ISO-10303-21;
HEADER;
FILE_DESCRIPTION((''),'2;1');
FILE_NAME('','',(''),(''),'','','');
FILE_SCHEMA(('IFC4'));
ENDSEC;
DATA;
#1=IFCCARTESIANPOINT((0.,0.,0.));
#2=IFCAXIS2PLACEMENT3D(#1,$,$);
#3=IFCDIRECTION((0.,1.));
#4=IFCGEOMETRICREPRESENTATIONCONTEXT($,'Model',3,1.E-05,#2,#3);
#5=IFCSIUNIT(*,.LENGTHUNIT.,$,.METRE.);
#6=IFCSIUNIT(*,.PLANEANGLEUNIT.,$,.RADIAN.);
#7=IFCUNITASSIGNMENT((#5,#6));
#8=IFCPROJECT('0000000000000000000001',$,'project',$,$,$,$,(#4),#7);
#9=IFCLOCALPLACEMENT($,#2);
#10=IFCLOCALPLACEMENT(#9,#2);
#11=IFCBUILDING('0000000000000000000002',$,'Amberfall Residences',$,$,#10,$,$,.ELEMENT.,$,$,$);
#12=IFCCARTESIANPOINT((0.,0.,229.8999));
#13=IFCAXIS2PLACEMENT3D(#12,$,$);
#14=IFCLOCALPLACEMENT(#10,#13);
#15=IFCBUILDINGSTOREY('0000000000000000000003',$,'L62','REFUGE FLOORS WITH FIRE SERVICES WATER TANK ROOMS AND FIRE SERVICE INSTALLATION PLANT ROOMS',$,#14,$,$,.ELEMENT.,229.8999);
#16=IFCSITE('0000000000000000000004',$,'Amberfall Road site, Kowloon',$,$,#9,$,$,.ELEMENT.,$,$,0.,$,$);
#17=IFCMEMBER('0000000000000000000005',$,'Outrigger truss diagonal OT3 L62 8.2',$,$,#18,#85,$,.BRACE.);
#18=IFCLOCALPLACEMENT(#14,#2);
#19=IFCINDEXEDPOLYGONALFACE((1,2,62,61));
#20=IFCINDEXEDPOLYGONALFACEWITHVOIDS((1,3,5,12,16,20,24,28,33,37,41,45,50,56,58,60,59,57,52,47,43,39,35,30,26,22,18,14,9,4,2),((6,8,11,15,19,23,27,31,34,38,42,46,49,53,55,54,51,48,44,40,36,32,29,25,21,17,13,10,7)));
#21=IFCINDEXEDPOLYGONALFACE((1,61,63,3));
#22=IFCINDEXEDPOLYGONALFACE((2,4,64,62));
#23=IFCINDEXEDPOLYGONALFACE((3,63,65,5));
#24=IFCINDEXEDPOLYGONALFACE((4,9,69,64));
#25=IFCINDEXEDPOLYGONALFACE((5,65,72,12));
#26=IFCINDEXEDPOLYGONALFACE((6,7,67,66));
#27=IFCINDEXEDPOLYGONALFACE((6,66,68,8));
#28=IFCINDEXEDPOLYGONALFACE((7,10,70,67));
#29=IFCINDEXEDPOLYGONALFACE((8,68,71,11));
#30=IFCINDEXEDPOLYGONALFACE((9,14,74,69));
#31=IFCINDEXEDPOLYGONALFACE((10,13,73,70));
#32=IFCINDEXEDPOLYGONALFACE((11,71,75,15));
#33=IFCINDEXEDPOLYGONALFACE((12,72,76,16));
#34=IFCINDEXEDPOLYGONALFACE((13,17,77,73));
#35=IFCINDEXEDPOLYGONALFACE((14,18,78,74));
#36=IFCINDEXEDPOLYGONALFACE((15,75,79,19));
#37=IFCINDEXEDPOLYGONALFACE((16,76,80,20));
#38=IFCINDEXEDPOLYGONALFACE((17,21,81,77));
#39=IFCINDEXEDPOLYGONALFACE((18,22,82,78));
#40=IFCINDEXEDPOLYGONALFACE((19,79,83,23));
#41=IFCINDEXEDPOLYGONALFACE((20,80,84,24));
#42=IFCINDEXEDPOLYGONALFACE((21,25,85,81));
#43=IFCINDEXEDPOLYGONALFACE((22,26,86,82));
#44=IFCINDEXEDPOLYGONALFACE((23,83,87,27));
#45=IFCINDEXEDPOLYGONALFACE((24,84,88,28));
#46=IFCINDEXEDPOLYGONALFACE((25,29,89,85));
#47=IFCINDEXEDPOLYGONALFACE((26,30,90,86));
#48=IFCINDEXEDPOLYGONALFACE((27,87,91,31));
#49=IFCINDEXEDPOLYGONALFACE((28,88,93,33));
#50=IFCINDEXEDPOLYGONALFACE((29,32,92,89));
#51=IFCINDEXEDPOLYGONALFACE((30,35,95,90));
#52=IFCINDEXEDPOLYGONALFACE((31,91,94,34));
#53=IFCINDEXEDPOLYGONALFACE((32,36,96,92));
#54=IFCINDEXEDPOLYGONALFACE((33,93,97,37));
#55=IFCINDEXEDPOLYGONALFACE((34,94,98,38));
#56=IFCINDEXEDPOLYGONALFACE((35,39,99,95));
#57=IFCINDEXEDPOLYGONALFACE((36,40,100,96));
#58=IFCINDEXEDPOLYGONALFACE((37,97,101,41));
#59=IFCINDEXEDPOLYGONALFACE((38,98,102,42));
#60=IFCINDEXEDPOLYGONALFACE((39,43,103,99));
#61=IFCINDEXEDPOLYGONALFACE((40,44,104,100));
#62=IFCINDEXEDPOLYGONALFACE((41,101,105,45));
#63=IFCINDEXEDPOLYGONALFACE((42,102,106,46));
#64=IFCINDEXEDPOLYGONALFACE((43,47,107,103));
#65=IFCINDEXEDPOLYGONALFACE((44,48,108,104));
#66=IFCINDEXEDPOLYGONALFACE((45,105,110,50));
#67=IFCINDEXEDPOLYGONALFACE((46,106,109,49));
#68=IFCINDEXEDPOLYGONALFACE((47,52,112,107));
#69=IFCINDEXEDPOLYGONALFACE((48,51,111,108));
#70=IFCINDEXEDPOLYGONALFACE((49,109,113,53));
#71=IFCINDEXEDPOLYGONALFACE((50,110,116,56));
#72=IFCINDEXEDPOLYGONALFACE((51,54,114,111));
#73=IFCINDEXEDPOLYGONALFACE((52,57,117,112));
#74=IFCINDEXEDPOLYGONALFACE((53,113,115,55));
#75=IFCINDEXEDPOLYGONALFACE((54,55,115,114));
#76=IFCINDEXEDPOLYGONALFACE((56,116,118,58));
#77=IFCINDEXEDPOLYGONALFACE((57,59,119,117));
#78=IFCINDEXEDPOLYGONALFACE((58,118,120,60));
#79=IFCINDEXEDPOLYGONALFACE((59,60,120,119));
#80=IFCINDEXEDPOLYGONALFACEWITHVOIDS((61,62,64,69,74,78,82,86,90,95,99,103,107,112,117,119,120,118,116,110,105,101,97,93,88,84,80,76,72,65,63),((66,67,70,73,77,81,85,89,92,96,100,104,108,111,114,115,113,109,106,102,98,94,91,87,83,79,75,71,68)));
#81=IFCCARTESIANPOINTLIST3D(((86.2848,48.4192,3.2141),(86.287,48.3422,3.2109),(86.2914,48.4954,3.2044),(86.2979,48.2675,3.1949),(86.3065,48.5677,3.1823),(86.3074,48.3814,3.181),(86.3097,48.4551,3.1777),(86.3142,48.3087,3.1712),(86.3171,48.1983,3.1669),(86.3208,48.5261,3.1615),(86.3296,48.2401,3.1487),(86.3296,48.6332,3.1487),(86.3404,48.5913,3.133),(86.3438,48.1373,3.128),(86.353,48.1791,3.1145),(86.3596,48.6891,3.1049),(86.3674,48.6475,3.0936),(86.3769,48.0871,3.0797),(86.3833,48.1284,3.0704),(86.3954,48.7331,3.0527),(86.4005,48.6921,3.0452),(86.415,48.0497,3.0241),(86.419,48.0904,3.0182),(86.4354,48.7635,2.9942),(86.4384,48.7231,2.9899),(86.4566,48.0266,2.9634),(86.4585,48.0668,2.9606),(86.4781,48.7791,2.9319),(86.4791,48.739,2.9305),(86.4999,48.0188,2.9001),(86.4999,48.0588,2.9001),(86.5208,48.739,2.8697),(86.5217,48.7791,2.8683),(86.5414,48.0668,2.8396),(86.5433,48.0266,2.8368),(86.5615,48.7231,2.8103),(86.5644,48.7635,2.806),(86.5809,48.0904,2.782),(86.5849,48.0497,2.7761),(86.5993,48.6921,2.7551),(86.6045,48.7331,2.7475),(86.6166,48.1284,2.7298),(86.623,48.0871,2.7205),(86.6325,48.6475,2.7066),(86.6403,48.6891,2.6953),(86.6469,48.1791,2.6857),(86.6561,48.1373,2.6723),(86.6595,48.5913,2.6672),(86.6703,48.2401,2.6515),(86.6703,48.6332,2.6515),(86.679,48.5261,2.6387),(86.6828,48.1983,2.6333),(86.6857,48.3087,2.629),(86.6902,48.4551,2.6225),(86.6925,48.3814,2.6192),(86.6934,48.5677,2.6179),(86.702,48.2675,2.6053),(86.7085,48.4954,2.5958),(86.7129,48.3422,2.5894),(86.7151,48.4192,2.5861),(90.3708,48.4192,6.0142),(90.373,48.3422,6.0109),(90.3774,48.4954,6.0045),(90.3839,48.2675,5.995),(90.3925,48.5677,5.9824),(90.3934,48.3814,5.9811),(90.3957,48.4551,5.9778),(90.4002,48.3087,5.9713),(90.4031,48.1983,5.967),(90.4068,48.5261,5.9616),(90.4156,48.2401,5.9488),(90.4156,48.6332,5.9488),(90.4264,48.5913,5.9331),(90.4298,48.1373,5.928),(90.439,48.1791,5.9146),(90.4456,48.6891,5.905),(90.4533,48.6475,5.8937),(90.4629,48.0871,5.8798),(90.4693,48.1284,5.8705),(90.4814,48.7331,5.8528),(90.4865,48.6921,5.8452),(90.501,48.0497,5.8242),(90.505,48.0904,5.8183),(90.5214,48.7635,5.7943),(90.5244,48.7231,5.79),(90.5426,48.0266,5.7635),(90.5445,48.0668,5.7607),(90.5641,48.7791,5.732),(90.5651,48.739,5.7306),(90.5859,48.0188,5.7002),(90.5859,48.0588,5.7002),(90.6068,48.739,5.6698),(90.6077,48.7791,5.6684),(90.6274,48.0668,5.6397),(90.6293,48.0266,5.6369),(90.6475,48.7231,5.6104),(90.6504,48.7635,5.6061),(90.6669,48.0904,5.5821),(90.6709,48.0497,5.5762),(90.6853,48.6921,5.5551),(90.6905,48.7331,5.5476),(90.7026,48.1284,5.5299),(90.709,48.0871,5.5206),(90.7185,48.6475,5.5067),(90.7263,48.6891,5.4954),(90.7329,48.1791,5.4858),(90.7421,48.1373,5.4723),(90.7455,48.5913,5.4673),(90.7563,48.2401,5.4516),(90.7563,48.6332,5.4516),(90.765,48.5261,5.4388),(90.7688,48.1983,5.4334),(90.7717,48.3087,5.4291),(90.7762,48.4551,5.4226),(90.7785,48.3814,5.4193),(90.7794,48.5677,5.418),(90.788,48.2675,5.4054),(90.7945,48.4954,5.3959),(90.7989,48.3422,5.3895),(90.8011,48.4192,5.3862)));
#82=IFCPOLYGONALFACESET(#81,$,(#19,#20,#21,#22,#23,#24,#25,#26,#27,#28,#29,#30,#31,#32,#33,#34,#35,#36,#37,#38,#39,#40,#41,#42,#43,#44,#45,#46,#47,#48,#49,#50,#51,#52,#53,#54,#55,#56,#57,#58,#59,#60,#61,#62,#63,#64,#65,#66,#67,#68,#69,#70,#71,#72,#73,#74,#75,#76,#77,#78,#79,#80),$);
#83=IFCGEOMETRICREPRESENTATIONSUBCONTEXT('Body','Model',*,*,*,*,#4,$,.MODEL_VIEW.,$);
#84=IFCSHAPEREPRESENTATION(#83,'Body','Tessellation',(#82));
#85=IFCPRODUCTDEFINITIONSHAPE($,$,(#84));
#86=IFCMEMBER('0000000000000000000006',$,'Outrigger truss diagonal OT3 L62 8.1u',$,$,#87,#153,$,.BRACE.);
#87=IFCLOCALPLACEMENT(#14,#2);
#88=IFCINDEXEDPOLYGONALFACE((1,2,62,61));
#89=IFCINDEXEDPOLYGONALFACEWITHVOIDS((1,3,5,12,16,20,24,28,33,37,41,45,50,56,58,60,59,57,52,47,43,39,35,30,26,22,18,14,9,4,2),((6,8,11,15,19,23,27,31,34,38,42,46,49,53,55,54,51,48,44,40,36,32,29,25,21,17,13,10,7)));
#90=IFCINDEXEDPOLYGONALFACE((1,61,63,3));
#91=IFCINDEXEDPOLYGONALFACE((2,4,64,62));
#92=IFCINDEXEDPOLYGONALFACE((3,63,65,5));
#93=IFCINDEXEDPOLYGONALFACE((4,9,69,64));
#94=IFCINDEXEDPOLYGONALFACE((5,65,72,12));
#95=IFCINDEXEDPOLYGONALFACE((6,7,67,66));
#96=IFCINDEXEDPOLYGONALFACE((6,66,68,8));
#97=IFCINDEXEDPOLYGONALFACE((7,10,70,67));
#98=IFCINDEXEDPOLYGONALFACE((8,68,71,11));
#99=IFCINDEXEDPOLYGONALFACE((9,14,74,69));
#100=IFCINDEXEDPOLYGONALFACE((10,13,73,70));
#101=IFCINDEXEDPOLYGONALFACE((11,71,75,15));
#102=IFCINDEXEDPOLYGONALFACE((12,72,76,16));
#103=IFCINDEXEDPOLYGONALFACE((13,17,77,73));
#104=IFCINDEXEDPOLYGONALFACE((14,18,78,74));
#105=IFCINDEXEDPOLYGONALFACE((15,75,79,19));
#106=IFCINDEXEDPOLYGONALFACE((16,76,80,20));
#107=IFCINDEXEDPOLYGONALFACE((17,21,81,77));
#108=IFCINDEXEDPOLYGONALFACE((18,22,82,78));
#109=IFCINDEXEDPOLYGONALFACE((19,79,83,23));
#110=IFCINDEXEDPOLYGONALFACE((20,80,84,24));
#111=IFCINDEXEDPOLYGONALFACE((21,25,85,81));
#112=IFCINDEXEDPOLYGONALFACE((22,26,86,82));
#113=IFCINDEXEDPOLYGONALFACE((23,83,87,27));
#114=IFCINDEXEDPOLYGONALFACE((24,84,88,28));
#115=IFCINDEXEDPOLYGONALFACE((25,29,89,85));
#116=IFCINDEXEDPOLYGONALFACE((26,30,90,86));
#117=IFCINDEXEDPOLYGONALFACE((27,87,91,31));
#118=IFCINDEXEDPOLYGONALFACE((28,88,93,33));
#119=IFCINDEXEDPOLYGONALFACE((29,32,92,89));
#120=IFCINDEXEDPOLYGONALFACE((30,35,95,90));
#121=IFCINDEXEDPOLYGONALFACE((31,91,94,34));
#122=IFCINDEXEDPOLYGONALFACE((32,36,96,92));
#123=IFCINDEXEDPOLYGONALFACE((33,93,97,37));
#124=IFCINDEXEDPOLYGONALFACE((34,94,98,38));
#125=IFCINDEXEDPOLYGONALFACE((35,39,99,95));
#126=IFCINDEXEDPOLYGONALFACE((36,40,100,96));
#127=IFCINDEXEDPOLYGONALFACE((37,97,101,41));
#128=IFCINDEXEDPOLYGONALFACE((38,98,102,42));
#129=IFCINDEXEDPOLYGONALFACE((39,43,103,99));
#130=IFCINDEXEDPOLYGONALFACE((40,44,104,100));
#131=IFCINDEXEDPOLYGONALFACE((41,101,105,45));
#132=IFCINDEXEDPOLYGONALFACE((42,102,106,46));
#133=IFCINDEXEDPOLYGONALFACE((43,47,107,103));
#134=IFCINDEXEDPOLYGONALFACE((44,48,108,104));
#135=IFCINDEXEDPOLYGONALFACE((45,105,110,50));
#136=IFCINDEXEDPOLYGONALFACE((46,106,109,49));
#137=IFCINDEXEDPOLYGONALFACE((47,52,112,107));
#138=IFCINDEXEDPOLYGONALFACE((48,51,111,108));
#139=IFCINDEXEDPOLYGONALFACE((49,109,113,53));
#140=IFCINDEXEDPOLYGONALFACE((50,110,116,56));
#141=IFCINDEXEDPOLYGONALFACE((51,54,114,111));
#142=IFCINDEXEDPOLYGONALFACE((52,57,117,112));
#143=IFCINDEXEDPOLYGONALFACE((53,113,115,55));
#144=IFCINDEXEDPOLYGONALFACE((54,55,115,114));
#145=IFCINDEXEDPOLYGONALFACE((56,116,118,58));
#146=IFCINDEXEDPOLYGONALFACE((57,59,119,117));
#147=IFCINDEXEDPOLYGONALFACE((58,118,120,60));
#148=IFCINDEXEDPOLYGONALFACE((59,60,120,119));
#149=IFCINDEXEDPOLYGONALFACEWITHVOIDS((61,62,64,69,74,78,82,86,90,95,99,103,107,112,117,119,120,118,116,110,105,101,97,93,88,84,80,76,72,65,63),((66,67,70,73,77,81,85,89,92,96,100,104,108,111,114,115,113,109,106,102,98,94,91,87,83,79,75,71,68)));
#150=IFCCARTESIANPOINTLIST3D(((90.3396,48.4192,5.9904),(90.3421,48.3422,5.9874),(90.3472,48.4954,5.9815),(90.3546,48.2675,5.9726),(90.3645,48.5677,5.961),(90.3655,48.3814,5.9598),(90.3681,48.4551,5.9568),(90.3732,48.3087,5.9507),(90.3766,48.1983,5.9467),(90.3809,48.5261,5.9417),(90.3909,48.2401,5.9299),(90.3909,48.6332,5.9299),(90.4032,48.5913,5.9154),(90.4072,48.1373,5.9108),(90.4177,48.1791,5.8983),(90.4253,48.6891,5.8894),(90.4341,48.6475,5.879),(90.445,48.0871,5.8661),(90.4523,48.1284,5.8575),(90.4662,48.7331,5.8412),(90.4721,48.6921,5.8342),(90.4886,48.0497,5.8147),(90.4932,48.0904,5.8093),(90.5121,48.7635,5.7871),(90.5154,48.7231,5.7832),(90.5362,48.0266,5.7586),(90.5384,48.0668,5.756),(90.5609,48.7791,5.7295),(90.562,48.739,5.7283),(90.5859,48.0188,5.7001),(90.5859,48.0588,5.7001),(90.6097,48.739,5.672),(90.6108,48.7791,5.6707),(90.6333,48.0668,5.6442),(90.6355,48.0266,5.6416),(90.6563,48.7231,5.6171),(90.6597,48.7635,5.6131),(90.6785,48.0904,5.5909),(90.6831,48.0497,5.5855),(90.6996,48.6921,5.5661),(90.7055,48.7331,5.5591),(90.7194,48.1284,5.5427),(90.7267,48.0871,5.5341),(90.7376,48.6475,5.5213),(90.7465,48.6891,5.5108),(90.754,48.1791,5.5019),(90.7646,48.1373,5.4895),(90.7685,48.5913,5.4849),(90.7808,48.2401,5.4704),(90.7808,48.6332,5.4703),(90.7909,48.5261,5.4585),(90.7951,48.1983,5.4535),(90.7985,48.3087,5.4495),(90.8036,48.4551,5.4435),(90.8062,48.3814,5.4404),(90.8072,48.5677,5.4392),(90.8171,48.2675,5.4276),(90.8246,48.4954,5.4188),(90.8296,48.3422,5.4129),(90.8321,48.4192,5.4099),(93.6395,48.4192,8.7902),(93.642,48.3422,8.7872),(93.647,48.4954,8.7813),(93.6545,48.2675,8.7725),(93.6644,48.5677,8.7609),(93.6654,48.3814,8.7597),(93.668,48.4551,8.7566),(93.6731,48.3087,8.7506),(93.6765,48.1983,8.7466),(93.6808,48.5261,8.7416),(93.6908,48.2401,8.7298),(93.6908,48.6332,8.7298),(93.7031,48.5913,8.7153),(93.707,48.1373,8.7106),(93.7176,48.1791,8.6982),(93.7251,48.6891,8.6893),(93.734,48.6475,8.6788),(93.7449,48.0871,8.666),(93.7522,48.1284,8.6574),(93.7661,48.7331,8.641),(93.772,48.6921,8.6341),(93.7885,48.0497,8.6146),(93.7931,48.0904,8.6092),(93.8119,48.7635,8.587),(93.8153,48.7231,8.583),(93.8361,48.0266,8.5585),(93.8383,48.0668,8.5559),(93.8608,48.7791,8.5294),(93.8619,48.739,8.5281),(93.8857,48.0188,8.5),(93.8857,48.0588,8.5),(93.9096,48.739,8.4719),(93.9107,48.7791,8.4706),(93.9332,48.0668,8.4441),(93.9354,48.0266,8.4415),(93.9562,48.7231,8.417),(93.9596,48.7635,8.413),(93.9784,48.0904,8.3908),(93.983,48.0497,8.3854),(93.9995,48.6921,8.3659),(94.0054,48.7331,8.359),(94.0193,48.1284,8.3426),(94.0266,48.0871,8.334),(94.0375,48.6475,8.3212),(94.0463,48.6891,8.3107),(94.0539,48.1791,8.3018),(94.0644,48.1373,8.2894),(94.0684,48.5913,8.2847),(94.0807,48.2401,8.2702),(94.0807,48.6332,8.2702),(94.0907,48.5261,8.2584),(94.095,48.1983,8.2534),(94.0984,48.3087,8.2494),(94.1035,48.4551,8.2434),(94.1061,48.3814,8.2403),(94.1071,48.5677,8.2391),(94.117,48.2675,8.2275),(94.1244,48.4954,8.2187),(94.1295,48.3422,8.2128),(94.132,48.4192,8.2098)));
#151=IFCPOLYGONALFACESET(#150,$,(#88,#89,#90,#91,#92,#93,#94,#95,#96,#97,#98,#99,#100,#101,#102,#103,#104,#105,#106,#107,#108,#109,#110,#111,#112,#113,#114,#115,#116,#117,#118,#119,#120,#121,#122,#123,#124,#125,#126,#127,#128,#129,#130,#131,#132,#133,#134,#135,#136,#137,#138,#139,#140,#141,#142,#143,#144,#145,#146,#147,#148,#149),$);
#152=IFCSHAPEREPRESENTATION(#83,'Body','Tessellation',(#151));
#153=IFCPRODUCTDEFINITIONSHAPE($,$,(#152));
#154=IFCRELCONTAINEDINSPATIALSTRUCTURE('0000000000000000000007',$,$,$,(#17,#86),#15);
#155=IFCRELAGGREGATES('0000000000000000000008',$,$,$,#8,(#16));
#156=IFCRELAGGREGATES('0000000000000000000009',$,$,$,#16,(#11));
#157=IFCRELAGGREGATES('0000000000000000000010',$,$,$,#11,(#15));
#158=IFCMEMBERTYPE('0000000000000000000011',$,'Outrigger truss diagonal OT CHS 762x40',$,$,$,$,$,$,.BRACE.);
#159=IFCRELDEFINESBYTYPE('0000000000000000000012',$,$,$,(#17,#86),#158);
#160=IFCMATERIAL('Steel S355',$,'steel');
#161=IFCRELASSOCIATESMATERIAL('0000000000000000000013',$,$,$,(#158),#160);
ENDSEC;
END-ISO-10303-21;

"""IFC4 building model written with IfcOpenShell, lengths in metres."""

from ifc_helpers import new_model, si_unit, direction, frame, origin, origin_2d, place, context, subcontext, project, spatial, hollow_circle, extrude, material, material_profile, profile_set, type_object, element, save


model = new_model("IFC4")

# Units and contexts
model_context = context("Model", 3, precision=1e-05, world=origin(), true_north=direction((0.0, 1.0)))
body_context = subcontext(model_context, "Body", "Model", "MODEL_VIEW")
ifc_project = project(units=[si_unit("LENGTHUNIT", "METRE"), si_unit("PLANEANGLEUNIT", "RADIAN")], contexts=[model_context])

# Site, building, storey
site_placement = place(None, origin())
site = spatial("IfcSite", under=ifc_project, at=site_placement, Name="Amberfall Road site, Kowloon", CompositionType="ELEMENT", RefElevation=0.0)
building_placement = place(site_placement, origin())
building = spatial("IfcBuilding", under=site, at=building_placement, Name="Amberfall Residences", CompositionType="ELEMENT")
storey_placement = place(building_placement, frame((0.0, 0.0, 229.8999)))
storey = spatial("IfcBuildingStorey", under=building, at=storey_placement, Name="L62", Description="REFUGE FLOORS WITH FIRE SERVICES WATER TANK ROOMS AND FIRE SERVICE INSTALLATION PLANT ROOMS", CompositionType="ELEMENT", Elevation=229.8999)

# Shared definitions
ifc_material_1 = material(Name="Steel S355", Category="steel")

# Members
ifc_material_profile_1 = material_profile(ifc_material_1, hollow_circle(Radius=0.3811, WallThickness=0.04, at=origin_2d()), Name="CHS 762x40")
ifc_profile_set_1 = profile_set([ifc_material_profile_1], Name="Steel S355")
member_type_1 = type_object("IfcMemberType", Name="Outrigger truss diagonal OT CHS 762x40", PredefinedType="BRACE", material=ifc_profile_set_1)
member_1_placement = place(storey_placement, frame((90.5859, 48.3999, 5.7002), z_axis=(-0.824892, 0.0, -0.56529), x_axis=(0.0, -1.0, 0.0)))
element("IfcMember", 1, at=member_1_placement, inside=storey, type_object=member_type_1, Name="Outrigger truss diagonal OT3 L62 8.2", PredefinedType="BRACE", context=body_context, shape_type="SweptSolid", body=[
    extrude(hollow_circle(Radius=0.3811, WallThickness=0.04, at=origin_2d()), origin(), (0.0, 0.0, 1.0), 4.9534),
])
member_2_placement = place(storey_placement, frame((93.8857, 48.3999, 8.5), z_axis=(-0.762513, 0.0, -0.646973), x_axis=(0.0, -1.0, 0.0)))
element("IfcMember", 2, at=member_2_placement, inside=storey, type_object=member_type_1, Name="Outrigger truss diagonal OT3 L62 8.1u", PredefinedType="BRACE", context=body_context, shape_type="SweptSolid", body=[
    extrude(hollow_circle(Radius=0.3811, WallThickness=0.04, at=origin_2d()), origin(), (0.0, 0.0, 1.0), 4.3276),
])

save(model, "model.ifc")
